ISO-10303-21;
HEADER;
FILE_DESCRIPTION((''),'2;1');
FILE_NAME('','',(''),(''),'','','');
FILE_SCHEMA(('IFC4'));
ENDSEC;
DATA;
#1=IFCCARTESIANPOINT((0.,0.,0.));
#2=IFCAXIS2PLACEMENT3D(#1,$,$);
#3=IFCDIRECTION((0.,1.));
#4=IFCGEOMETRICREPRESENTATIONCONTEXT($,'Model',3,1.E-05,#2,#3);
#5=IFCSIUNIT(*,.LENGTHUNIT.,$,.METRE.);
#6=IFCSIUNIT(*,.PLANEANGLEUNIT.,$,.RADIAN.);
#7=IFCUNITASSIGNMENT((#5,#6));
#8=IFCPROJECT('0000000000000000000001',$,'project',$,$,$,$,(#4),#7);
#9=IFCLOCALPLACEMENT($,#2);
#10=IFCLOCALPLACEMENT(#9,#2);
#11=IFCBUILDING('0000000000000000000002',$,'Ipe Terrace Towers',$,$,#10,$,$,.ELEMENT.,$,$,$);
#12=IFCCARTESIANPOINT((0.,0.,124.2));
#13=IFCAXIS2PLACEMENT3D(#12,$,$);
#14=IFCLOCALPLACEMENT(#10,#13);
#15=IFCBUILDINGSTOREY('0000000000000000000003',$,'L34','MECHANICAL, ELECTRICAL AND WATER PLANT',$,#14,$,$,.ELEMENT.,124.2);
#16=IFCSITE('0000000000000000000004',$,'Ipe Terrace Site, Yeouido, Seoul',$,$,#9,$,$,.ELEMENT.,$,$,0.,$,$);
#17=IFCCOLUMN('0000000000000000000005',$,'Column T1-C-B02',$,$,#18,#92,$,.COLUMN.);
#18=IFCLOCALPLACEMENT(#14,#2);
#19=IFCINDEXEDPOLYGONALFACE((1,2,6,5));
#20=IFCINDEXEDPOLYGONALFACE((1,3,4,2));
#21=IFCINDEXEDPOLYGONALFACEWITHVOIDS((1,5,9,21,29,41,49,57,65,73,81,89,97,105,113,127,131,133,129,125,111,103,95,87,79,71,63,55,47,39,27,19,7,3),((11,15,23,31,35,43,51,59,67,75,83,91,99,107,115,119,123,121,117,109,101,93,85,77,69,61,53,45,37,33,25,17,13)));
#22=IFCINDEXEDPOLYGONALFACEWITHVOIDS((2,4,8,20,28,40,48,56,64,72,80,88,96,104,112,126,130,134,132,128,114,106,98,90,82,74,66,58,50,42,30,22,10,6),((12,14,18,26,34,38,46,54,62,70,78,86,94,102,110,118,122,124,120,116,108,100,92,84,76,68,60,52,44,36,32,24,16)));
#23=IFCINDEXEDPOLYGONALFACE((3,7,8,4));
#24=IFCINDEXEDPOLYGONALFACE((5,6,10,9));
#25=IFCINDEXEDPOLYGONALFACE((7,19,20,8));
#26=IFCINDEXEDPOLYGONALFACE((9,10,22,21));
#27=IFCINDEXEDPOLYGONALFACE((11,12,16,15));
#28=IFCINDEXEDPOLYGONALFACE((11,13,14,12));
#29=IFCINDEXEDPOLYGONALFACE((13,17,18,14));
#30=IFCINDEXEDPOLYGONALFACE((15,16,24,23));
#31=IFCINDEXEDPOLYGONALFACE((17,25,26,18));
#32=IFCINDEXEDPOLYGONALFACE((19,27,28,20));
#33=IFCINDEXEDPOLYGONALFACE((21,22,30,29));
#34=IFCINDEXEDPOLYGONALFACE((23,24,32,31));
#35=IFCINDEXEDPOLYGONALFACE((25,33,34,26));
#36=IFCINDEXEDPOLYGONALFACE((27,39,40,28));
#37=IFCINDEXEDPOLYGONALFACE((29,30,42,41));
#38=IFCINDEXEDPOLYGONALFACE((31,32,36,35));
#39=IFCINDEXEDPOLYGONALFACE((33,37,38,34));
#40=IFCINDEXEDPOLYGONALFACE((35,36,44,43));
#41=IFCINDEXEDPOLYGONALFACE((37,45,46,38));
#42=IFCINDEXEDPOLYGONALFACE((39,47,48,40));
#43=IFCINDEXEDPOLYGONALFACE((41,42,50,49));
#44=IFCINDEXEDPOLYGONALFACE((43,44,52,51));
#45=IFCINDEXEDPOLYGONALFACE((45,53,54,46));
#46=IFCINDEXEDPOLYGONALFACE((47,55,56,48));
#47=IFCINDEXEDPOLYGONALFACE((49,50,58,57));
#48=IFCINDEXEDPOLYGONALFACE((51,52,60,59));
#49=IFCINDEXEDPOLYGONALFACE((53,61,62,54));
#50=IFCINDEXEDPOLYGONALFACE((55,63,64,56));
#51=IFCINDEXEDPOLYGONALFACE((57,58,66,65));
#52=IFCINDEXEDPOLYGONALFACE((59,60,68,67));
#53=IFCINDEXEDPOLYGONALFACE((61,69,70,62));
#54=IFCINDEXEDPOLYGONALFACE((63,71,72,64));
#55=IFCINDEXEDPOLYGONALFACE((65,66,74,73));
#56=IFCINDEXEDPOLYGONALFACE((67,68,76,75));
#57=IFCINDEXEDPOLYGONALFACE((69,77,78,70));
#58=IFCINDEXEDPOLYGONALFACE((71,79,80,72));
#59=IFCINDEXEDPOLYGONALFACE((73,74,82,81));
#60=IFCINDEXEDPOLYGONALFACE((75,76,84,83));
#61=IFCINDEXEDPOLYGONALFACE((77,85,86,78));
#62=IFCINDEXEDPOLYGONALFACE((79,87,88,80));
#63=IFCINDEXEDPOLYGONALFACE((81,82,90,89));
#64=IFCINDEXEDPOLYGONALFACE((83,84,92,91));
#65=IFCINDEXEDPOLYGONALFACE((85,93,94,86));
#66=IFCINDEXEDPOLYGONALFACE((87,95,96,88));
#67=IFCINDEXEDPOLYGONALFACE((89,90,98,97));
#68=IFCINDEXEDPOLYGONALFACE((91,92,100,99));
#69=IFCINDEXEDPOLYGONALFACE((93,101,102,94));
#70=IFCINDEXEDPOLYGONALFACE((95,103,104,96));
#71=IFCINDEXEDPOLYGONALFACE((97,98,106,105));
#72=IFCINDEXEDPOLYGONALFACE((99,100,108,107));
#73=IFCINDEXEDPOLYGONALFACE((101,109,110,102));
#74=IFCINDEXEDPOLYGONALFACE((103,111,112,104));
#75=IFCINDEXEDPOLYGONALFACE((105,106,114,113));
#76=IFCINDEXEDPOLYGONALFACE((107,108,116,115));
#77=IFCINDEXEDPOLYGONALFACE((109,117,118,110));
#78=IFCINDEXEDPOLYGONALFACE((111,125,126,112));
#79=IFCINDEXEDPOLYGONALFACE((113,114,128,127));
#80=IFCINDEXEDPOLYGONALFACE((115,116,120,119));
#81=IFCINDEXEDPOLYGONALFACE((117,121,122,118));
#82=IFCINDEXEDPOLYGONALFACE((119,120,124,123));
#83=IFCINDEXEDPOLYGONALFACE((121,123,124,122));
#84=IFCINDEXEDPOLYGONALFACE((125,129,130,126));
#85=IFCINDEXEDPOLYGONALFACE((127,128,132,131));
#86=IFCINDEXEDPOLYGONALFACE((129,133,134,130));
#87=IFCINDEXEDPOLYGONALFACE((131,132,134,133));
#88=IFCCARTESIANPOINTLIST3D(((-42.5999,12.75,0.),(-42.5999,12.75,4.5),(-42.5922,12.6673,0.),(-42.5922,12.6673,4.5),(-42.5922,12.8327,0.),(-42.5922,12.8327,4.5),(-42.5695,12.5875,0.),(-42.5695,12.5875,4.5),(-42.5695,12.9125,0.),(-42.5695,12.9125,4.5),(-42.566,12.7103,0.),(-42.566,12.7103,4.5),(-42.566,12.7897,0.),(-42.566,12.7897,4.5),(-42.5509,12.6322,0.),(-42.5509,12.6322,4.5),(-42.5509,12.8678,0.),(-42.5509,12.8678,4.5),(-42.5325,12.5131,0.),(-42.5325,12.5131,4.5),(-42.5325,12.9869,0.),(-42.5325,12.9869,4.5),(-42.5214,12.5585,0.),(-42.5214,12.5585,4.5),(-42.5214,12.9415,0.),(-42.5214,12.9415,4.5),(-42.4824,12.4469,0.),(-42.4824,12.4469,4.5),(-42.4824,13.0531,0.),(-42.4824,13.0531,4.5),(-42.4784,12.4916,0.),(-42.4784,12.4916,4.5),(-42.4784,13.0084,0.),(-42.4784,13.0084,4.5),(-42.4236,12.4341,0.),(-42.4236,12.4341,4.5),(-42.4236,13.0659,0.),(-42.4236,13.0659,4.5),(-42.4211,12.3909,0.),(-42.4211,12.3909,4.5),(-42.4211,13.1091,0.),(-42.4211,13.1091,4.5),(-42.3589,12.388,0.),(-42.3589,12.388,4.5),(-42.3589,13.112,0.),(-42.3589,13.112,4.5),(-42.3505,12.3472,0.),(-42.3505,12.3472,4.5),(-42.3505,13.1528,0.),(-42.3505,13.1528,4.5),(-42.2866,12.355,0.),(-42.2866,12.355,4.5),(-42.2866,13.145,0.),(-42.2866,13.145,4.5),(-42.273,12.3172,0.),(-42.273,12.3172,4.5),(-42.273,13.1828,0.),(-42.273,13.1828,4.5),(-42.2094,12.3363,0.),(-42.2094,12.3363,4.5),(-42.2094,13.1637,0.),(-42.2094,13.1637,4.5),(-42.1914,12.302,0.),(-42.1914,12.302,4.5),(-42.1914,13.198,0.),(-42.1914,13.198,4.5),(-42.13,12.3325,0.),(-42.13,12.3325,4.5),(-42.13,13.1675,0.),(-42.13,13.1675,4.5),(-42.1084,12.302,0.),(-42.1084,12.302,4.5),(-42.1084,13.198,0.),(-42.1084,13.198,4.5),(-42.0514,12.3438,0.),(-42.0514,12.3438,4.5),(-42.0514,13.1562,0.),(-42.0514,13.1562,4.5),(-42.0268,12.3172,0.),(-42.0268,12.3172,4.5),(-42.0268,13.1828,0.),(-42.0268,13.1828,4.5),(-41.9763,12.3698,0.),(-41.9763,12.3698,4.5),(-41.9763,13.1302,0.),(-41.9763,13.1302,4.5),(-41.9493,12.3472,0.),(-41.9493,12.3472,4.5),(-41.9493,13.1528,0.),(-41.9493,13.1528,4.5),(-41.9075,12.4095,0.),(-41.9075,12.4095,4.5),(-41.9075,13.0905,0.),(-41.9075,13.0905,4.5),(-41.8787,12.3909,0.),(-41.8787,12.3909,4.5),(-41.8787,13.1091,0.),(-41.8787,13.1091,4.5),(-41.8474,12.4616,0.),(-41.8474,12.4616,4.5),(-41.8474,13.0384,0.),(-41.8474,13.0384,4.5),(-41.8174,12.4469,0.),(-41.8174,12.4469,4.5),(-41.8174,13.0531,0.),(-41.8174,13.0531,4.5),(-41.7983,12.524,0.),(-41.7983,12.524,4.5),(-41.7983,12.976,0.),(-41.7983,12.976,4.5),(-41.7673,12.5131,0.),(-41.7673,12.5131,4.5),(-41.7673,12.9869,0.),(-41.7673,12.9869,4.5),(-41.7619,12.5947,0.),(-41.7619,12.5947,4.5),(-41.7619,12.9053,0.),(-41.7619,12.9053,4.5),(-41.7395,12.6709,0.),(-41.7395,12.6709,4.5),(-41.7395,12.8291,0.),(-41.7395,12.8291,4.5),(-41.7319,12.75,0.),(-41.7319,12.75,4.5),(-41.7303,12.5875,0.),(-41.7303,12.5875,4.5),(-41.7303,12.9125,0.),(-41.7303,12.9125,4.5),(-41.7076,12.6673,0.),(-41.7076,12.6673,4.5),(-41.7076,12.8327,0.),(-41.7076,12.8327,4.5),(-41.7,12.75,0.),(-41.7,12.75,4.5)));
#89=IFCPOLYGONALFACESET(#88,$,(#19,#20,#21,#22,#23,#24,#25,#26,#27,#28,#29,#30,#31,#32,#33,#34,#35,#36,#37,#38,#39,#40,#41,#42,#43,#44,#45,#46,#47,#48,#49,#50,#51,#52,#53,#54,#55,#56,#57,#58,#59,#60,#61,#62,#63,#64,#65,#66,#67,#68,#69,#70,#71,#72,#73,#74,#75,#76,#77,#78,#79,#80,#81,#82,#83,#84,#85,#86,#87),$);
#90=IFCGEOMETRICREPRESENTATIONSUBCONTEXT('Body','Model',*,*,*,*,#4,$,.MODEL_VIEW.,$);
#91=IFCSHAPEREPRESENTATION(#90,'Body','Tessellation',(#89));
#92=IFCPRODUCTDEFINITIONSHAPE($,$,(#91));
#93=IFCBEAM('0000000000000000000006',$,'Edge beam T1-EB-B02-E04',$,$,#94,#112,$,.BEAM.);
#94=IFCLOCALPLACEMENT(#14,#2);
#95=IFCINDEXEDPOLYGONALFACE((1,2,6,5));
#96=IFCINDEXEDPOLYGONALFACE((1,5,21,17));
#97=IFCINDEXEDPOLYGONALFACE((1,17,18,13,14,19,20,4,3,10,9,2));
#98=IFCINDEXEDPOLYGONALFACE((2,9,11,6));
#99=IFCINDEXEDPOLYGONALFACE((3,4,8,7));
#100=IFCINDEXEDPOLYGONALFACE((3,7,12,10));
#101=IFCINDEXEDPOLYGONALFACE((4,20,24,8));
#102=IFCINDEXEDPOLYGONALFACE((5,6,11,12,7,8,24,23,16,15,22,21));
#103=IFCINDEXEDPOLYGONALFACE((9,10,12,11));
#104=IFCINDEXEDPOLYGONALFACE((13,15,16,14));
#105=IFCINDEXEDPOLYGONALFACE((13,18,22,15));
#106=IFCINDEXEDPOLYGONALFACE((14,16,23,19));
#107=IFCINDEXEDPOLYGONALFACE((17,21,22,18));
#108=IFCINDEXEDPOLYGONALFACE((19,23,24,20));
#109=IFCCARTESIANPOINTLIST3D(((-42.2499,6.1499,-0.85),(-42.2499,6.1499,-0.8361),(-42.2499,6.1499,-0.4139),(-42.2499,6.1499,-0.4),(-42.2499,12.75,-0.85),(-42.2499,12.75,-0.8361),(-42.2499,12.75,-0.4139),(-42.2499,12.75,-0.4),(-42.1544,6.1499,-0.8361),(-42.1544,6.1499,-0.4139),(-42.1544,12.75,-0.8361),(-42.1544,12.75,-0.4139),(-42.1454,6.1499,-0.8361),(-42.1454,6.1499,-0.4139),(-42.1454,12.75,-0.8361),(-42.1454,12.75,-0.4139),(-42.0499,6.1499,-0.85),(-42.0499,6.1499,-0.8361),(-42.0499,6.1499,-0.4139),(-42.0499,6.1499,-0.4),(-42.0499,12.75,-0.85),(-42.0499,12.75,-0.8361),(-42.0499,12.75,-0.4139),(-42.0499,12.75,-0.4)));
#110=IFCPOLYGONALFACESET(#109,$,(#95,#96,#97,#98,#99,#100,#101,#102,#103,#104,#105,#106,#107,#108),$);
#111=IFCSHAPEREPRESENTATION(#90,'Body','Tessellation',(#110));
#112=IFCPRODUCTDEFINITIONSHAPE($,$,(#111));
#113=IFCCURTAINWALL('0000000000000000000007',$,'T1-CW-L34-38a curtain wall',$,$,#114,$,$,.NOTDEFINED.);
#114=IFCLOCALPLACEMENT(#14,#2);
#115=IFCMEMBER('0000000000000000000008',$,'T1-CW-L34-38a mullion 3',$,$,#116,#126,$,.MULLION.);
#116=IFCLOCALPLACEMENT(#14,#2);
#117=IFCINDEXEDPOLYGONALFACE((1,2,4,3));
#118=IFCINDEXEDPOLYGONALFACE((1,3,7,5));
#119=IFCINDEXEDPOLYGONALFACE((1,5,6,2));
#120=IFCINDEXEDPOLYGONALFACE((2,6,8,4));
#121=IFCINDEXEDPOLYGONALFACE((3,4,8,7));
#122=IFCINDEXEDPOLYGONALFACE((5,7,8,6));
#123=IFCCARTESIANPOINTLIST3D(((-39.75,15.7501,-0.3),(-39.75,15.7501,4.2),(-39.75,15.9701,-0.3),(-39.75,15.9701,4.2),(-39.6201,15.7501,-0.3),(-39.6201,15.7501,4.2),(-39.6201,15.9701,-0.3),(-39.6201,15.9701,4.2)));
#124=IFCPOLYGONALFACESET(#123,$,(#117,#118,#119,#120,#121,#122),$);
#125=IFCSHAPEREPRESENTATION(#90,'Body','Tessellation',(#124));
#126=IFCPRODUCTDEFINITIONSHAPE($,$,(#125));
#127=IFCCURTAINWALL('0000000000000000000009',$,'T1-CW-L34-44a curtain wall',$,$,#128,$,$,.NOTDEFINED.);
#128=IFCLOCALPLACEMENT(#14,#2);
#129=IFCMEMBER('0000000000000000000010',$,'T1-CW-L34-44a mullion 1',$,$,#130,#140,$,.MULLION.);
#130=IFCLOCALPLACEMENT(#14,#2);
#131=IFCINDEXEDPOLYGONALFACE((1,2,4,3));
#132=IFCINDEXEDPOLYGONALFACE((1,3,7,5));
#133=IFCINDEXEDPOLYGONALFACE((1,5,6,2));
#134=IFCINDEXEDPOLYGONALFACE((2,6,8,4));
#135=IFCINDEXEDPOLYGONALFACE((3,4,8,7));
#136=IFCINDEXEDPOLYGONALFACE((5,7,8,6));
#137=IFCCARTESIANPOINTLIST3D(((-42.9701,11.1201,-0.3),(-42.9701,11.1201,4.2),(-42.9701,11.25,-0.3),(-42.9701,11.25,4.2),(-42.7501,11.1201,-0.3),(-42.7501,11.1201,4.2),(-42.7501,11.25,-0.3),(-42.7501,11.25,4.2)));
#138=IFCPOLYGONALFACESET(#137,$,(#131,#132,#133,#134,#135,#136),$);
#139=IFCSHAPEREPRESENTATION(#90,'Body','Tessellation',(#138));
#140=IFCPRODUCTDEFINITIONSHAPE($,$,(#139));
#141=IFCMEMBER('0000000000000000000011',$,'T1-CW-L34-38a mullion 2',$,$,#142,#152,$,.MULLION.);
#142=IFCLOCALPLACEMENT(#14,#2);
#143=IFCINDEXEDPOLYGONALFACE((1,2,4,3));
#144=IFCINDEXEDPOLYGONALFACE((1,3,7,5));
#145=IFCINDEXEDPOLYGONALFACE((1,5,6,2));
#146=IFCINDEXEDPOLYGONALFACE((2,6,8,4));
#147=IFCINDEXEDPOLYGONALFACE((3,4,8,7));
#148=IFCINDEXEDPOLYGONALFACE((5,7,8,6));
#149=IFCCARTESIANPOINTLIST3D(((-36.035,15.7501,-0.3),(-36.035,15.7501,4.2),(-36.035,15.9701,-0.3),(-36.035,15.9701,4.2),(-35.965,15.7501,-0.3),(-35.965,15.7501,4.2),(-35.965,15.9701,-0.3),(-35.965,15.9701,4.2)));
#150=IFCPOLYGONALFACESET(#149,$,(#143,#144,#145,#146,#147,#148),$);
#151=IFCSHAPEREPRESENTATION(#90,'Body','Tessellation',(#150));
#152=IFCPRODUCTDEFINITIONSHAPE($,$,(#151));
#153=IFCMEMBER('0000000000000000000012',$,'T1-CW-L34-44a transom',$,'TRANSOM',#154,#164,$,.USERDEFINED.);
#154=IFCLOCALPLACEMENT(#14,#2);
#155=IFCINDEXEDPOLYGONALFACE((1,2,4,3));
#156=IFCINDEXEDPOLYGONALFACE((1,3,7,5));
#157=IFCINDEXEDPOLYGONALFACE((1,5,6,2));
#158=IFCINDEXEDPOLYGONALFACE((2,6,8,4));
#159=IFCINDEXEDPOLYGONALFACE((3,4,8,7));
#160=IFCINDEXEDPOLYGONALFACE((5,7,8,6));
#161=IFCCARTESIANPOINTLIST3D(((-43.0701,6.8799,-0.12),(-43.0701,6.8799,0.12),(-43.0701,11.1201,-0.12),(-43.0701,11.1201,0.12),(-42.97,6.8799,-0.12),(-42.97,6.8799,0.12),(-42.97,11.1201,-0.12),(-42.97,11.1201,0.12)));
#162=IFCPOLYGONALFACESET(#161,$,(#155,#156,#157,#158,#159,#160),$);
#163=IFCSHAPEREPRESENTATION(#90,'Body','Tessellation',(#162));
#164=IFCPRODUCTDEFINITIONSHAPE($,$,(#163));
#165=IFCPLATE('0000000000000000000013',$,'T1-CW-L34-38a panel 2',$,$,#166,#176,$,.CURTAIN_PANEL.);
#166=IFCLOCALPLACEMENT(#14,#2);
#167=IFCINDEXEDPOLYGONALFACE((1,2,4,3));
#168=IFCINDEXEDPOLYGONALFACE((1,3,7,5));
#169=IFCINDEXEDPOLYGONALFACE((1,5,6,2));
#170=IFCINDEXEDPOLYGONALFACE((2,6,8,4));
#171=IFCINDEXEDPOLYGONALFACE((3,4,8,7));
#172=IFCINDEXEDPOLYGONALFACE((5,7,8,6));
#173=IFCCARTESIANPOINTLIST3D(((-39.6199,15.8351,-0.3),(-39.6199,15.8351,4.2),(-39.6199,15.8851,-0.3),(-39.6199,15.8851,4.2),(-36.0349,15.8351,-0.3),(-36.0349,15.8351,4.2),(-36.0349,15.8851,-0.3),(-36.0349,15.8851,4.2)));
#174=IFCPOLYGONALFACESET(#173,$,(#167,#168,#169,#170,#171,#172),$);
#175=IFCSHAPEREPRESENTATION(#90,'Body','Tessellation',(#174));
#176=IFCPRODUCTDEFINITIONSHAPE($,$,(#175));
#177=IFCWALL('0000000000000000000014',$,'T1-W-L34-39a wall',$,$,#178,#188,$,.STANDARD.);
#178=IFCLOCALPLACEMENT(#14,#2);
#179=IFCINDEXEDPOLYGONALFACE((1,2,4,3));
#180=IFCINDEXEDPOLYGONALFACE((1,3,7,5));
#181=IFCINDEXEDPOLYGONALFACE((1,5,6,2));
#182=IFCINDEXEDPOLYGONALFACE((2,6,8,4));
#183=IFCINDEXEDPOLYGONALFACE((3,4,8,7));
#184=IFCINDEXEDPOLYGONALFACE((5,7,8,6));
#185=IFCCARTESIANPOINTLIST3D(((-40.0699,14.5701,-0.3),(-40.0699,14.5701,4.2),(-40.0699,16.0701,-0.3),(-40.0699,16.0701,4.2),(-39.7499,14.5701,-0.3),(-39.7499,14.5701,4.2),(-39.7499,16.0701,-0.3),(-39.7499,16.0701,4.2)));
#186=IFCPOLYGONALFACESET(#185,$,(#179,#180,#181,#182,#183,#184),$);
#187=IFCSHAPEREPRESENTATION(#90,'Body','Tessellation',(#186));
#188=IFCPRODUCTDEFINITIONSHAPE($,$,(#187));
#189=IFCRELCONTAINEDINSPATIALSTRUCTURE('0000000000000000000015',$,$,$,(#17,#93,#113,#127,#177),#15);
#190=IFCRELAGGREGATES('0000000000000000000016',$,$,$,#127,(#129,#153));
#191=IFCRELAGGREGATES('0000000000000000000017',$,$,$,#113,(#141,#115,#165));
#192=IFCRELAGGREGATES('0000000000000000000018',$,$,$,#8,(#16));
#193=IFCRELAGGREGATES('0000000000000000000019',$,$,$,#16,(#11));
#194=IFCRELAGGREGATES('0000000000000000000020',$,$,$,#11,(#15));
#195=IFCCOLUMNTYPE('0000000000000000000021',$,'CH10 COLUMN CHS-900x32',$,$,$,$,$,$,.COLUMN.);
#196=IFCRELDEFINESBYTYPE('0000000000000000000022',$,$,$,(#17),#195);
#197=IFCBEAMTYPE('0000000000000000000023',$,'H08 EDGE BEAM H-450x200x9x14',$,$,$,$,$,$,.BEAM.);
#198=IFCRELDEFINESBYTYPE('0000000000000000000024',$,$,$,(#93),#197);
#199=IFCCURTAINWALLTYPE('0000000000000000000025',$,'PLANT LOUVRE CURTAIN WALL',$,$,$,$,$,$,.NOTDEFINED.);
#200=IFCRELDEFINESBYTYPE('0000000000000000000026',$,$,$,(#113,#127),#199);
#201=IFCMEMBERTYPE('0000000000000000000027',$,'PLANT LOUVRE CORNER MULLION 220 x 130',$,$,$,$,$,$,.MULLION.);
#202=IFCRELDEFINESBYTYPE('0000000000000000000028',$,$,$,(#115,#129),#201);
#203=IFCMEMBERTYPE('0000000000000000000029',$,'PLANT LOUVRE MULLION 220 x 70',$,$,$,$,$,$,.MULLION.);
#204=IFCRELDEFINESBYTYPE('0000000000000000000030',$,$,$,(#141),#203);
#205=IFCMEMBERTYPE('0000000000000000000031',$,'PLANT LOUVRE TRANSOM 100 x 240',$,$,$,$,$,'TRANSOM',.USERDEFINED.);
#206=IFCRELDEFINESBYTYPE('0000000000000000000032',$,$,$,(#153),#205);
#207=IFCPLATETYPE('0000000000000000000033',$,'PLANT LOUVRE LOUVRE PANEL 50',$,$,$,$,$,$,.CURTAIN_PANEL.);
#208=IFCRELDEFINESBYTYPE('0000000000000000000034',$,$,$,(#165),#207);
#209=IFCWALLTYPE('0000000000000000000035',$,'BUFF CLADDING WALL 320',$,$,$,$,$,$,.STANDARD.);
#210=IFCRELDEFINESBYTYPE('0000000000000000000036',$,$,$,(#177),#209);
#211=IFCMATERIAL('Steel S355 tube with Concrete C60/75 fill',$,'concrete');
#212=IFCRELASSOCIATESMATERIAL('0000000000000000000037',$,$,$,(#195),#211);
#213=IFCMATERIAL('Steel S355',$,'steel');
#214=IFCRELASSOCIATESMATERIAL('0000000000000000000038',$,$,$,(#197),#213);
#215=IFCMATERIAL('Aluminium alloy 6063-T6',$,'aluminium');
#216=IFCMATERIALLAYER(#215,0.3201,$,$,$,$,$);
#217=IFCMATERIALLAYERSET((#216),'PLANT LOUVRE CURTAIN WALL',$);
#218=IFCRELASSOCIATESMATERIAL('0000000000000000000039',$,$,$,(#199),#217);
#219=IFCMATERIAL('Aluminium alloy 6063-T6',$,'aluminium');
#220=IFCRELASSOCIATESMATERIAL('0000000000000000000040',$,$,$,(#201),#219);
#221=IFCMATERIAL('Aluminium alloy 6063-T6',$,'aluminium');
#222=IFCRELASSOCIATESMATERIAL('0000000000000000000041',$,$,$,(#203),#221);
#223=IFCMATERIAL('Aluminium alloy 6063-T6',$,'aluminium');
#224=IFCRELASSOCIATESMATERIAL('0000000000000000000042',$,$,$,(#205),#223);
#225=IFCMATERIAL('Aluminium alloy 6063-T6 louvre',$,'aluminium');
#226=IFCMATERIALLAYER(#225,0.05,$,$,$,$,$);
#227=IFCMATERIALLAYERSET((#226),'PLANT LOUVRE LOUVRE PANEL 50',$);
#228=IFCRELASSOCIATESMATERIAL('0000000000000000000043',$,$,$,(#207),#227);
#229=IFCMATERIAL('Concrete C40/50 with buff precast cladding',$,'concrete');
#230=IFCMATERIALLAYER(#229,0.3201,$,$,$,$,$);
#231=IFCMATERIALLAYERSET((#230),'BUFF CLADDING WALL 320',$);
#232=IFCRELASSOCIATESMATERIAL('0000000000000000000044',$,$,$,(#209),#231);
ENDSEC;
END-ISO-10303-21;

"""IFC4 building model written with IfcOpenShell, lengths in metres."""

from ifc_helpers import new_model, si_unit, direction, frame, frame_2d, origin, origin_2d, place, context, subcontext, project, spatial, rectangle, hollow_circle, i_section, extrude, material, layer, layer_set, material_profile, profile_set, type_object, element, aggregate, save


model = new_model("IFC4")

# Units and contexts
model_context = context("Model", 3, precision=1e-05, world=origin(), true_north=direction((0.0, 1.0)))
body_context = subcontext(model_context, "Body", "Model", "MODEL_VIEW")
ifc_project = project(units=[si_unit("LENGTHUNIT", "METRE"), si_unit("PLANEANGLEUNIT", "RADIAN")], contexts=[model_context])

# Site, building, storey
site_placement = place(None, origin())
site = spatial("IfcSite", under=ifc_project, at=site_placement, Name="Ipe Terrace Site, Yeouido, Seoul", CompositionType="ELEMENT", RefElevation=0.0)
building_placement = place(site_placement, origin())
building = spatial("IfcBuilding", under=site, at=building_placement, Name="Ipe Terrace Towers", CompositionType="ELEMENT")
storey_placement = place(building_placement, frame((0.0, 0.0, 124.2)))
storey = spatial("IfcBuildingStorey", under=building, at=storey_placement, Name="L34", Description="MECHANICAL, ELECTRICAL AND WATER PLANT", CompositionType="ELEMENT", Elevation=124.2)

# Column
ifc_material_1 = material(Name="Steel S355 tube with Concrete C60/75 fill", Category="concrete")
ifc_material_profile_1 = material_profile(ifc_material_1, hollow_circle(Radius=0.45, WallThickness=0.032, at=origin_2d()), Name="CHS-900x32")
ifc_profile_set_1 = profile_set([ifc_material_profile_1], Name="Steel S355 tube with Concrete C60/75 fill")
column_type = type_object("IfcColumnType", Name="CH10 COLUMN CHS-900x32", PredefinedType="COLUMN", material=ifc_profile_set_1)
column_placement = place(storey_placement, frame((-42.1499, 12.75, 0.0), z_axis=(0.0, 0.0, 1.0), x_axis=(1.0, 0.0, 0.0)))
element("IfcColumn", 1, at=column_placement, inside=storey, type_object=column_type, Name="Column T1-C-B02", PredefinedType="COLUMN", context=body_context, shape_type="SweptSolid", body=[
    extrude(hollow_circle(Radius=0.45, WallThickness=0.032, at=origin_2d()), origin(), (0.0, 0.0, 1.0), 4.5),
])

# Beam
ifc_material_2 = material(Name="Steel S355", Category="steel")
ifc_material_profile_2 = material_profile(ifc_material_2, i_section(OverallWidth=0.2, OverallDepth=0.45, WebThickness=0.009, FlangeThickness=0.0139, at=origin_2d()), Name="H-450x200x9x14")
ifc_profile_set_2 = profile_set([ifc_material_profile_2], Name="Steel S355")
beam_type = type_object("IfcBeamType", Name="H08 EDGE BEAM H-450x200x9x14", PredefinedType="BEAM", material=ifc_profile_set_2)
beam_placement = place(storey_placement, frame((-42.1499, 12.75, -0.625), z_axis=(0.0, -1.0, 0.0), x_axis=(1.0, 0.0, 0.0)))
element("IfcBeam", 2, at=beam_placement, inside=storey, type_object=beam_type, Name="Edge beam T1-EB-B02-E04", PredefinedType="BEAM", context=body_context, shape_type="SweptSolid", body=[
    extrude(i_section(OverallWidth=0.2, OverallDepth=0.45, WebThickness=0.009, FlangeThickness=0.0139, at=origin_2d()), origin(), (0.0, 0.0, 1.0), 6.6001),
])

# Curtain walls, members
ifc_material_3 = material(Name="Aluminium alloy 6063-T6", Category="aluminium")
ifc_layer_1 = layer(ifc_material_3, 0.3201)
ifc_layer_set_1 = layer_set([ifc_layer_1], Name="PLANT LOUVRE CURTAIN WALL")
curtain_wall_type = type_object("IfcCurtainWallType", Name="PLANT LOUVRE CURTAIN WALL", PredefinedType="NOTDEFINED", material=ifc_layer_set_1)
curtain_wall_1_placement = place(storey_placement, origin())
curtain_wall_1 = element("IfcCurtainWall", 3, at=curtain_wall_1_placement, inside=storey, type_object=curtain_wall_type, Name="T1-CW-L34-38a curtain wall", PredefinedType="NOTDEFINED")
ifc_material_4 = material(Name="Aluminium alloy 6063-T6", Category="aluminium")
ifc_material_profile_3 = material_profile(ifc_material_4, rectangle(XDim=0.22, YDim=0.1299, at=origin_2d()), Name="PLANT LOUVRE CORNER MULLION 220 x 130")
ifc_profile_set_3 = profile_set([ifc_material_profile_3], Name="Aluminium alloy 6063-T6")
member_type_1 = type_object("IfcMemberType", Name="PLANT LOUVRE CORNER MULLION 220 x 130", PredefinedType="MULLION", material=ifc_profile_set_3)
member_1_placement = place(storey_placement, frame((-39.6851, 15.8601, -0.3), z_axis=(0.0, 0.0, 1.0), x_axis=(0.0, 1.0, 0.0)))
member_1 = element("IfcMember", 4, at=member_1_placement, type_object=member_type_1, Name="T1-CW-L34-38a mullion 3", PredefinedType="MULLION", context=body_context, shape_type="SweptSolid", body=[
    extrude(rectangle(XDim=0.22, YDim=0.1299, at=origin_2d()), origin(), (0.0, 0.0, 1.0), 4.5),
])
curtain_wall_2_placement = place(storey_placement, origin())
curtain_wall_2 = element("IfcCurtainWall", 5, at=curtain_wall_2_placement, inside=storey, type_object=curtain_wall_type, Name="T1-CW-L34-44a curtain wall", PredefinedType="NOTDEFINED")
member_2_placement = place(storey_placement, frame((-42.8601, 11.1851, -0.3), z_axis=(0.0, 0.0, 1.0), x_axis=(-1.0, 0.0, 0.0)))
member_2 = element("IfcMember", 6, at=member_2_placement, type_object=member_type_1, Name="T1-CW-L34-44a mullion 1", PredefinedType="MULLION", context=body_context, shape_type="SweptSolid", body=[
    extrude(rectangle(XDim=0.22, YDim=0.1299, at=origin_2d()), origin(), (0.0, 0.0, 1.0), 4.5),
])

# Members
ifc_material_5 = material(Name="Aluminium alloy 6063-T6", Category="aluminium")
ifc_material_profile_4 = material_profile(ifc_material_5, rectangle(XDim=0.22, YDim=0.0701, at=origin_2d()), Name="PLANT LOUVRE MULLION 220 x 70")
ifc_profile_set_4 = profile_set([ifc_material_profile_4], Name="Aluminium alloy 6063-T6")
member_type_2 = type_object("IfcMemberType", Name="PLANT LOUVRE MULLION 220 x 70", PredefinedType="MULLION", material=ifc_profile_set_4)
member_3_placement = place(storey_placement, frame((-36.0, 15.8601, -0.3), z_axis=(0.0, 0.0, 1.0), x_axis=(0.0, 1.0, 0.0)))
member_3 = element("IfcMember", 7, at=member_3_placement, type_object=member_type_2, Name="T1-CW-L34-38a mullion 2", PredefinedType="MULLION", context=body_context, shape_type="SweptSolid", body=[
    extrude(rectangle(XDim=0.22, YDim=0.0701, at=origin_2d()), origin(), (0.0, 0.0, 1.0), 4.5),
])
ifc_material_6 = material(Name="Aluminium alloy 6063-T6", Category="aluminium")
ifc_material_profile_5 = material_profile(ifc_material_6, rectangle(XDim=0.1001, YDim=0.24, at=origin_2d()), Name="PLANT LOUVRE TRANSOM 100 x 240")
ifc_profile_set_5 = profile_set([ifc_material_profile_5], Name="Aluminium alloy 6063-T6")
member_type_3 = type_object("IfcMemberType", Name="PLANT LOUVRE TRANSOM 100 x 240", ElementType="TRANSOM", PredefinedType="USERDEFINED", material=ifc_profile_set_5)
member_4_placement = place(storey_placement, frame((-43.02, 11.1201, 0.0), z_axis=(0.0, -1.0, 0.0), x_axis=(-1.0, 0.0, 0.0)))
member_4 = element("IfcMember", 8, at=member_4_placement, type_object=member_type_3, Name="T1-CW-L34-44a transom", ObjectType="TRANSOM", PredefinedType="USERDEFINED", context=body_context, shape_type="SweptSolid", body=[
    extrude(rectangle(XDim=0.1001, YDim=0.24, at=origin_2d()), origin(), (0.0, 0.0, 1.0), 4.2402),
])
aggregate(curtain_wall_2, [member_2, member_4])

# Plate
ifc_material_7 = material(Name="Aluminium alloy 6063-T6 louvre", Category="aluminium")
ifc_layer_2 = layer(ifc_material_7, 0.05)
ifc_layer_set_2 = layer_set([ifc_layer_2], Name="PLANT LOUVRE LOUVRE PANEL 50")
plate_type = type_object("IfcPlateType", Name="PLANT LOUVRE LOUVRE PANEL 50", PredefinedType="CURTAIN_PANEL", material=ifc_layer_set_2)
plate_placement = place(storey_placement, frame((-37.8274, 15.8601, -0.3), z_axis=(0.0, 0.0, 1.0), x_axis=(-1.0, 0.0, 0.0)))
plate = element("IfcPlate", 9, at=plate_placement, type_object=plate_type, Name="T1-CW-L34-38a panel 2", PredefinedType="CURTAIN_PANEL", context=body_context, shape_type="SweptSolid", body=[
    extrude(rectangle(XDim=3.585, YDim=0.05, at=origin_2d()), origin(), (0.0, 0.0, 1.0), 4.5),
])
aggregate(curtain_wall_1, [member_3, member_1, plate])

# Wall
ifc_material_8 = material(Name="Concrete C40/50 with buff precast cladding", Category="concrete")
ifc_layer_3 = layer(ifc_material_8, 0.3201)
ifc_layer_set_3 = layer_set([ifc_layer_3], Name="BUFF CLADDING WALL 320")
wall_type_1 = type_object("IfcWallType", Name="BUFF CLADDING WALL 320", PredefinedType="STANDARD", material=ifc_layer_set_3)
wall_1_placement = place(storey_placement, frame((-39.9099, 16.0701, -0.3), z_axis=(0.0, 0.0, 1.0), x_axis=(0.0, -1.0, 0.0)))
element("IfcWall", 10, at=wall_1_placement, inside=storey, type_object=wall_type_1, Name="T1-W-L34-39a wall", PredefinedType="STANDARD", context=body_context, shape_type="SweptSolid", body=[
    extrude(rectangle(XDim=1.5, YDim=0.3201, at=frame_2d((0.75, 0.0))), origin(), (0.0, 0.0, 1.0), 4.5),
])

save(model, "model.ifc")
